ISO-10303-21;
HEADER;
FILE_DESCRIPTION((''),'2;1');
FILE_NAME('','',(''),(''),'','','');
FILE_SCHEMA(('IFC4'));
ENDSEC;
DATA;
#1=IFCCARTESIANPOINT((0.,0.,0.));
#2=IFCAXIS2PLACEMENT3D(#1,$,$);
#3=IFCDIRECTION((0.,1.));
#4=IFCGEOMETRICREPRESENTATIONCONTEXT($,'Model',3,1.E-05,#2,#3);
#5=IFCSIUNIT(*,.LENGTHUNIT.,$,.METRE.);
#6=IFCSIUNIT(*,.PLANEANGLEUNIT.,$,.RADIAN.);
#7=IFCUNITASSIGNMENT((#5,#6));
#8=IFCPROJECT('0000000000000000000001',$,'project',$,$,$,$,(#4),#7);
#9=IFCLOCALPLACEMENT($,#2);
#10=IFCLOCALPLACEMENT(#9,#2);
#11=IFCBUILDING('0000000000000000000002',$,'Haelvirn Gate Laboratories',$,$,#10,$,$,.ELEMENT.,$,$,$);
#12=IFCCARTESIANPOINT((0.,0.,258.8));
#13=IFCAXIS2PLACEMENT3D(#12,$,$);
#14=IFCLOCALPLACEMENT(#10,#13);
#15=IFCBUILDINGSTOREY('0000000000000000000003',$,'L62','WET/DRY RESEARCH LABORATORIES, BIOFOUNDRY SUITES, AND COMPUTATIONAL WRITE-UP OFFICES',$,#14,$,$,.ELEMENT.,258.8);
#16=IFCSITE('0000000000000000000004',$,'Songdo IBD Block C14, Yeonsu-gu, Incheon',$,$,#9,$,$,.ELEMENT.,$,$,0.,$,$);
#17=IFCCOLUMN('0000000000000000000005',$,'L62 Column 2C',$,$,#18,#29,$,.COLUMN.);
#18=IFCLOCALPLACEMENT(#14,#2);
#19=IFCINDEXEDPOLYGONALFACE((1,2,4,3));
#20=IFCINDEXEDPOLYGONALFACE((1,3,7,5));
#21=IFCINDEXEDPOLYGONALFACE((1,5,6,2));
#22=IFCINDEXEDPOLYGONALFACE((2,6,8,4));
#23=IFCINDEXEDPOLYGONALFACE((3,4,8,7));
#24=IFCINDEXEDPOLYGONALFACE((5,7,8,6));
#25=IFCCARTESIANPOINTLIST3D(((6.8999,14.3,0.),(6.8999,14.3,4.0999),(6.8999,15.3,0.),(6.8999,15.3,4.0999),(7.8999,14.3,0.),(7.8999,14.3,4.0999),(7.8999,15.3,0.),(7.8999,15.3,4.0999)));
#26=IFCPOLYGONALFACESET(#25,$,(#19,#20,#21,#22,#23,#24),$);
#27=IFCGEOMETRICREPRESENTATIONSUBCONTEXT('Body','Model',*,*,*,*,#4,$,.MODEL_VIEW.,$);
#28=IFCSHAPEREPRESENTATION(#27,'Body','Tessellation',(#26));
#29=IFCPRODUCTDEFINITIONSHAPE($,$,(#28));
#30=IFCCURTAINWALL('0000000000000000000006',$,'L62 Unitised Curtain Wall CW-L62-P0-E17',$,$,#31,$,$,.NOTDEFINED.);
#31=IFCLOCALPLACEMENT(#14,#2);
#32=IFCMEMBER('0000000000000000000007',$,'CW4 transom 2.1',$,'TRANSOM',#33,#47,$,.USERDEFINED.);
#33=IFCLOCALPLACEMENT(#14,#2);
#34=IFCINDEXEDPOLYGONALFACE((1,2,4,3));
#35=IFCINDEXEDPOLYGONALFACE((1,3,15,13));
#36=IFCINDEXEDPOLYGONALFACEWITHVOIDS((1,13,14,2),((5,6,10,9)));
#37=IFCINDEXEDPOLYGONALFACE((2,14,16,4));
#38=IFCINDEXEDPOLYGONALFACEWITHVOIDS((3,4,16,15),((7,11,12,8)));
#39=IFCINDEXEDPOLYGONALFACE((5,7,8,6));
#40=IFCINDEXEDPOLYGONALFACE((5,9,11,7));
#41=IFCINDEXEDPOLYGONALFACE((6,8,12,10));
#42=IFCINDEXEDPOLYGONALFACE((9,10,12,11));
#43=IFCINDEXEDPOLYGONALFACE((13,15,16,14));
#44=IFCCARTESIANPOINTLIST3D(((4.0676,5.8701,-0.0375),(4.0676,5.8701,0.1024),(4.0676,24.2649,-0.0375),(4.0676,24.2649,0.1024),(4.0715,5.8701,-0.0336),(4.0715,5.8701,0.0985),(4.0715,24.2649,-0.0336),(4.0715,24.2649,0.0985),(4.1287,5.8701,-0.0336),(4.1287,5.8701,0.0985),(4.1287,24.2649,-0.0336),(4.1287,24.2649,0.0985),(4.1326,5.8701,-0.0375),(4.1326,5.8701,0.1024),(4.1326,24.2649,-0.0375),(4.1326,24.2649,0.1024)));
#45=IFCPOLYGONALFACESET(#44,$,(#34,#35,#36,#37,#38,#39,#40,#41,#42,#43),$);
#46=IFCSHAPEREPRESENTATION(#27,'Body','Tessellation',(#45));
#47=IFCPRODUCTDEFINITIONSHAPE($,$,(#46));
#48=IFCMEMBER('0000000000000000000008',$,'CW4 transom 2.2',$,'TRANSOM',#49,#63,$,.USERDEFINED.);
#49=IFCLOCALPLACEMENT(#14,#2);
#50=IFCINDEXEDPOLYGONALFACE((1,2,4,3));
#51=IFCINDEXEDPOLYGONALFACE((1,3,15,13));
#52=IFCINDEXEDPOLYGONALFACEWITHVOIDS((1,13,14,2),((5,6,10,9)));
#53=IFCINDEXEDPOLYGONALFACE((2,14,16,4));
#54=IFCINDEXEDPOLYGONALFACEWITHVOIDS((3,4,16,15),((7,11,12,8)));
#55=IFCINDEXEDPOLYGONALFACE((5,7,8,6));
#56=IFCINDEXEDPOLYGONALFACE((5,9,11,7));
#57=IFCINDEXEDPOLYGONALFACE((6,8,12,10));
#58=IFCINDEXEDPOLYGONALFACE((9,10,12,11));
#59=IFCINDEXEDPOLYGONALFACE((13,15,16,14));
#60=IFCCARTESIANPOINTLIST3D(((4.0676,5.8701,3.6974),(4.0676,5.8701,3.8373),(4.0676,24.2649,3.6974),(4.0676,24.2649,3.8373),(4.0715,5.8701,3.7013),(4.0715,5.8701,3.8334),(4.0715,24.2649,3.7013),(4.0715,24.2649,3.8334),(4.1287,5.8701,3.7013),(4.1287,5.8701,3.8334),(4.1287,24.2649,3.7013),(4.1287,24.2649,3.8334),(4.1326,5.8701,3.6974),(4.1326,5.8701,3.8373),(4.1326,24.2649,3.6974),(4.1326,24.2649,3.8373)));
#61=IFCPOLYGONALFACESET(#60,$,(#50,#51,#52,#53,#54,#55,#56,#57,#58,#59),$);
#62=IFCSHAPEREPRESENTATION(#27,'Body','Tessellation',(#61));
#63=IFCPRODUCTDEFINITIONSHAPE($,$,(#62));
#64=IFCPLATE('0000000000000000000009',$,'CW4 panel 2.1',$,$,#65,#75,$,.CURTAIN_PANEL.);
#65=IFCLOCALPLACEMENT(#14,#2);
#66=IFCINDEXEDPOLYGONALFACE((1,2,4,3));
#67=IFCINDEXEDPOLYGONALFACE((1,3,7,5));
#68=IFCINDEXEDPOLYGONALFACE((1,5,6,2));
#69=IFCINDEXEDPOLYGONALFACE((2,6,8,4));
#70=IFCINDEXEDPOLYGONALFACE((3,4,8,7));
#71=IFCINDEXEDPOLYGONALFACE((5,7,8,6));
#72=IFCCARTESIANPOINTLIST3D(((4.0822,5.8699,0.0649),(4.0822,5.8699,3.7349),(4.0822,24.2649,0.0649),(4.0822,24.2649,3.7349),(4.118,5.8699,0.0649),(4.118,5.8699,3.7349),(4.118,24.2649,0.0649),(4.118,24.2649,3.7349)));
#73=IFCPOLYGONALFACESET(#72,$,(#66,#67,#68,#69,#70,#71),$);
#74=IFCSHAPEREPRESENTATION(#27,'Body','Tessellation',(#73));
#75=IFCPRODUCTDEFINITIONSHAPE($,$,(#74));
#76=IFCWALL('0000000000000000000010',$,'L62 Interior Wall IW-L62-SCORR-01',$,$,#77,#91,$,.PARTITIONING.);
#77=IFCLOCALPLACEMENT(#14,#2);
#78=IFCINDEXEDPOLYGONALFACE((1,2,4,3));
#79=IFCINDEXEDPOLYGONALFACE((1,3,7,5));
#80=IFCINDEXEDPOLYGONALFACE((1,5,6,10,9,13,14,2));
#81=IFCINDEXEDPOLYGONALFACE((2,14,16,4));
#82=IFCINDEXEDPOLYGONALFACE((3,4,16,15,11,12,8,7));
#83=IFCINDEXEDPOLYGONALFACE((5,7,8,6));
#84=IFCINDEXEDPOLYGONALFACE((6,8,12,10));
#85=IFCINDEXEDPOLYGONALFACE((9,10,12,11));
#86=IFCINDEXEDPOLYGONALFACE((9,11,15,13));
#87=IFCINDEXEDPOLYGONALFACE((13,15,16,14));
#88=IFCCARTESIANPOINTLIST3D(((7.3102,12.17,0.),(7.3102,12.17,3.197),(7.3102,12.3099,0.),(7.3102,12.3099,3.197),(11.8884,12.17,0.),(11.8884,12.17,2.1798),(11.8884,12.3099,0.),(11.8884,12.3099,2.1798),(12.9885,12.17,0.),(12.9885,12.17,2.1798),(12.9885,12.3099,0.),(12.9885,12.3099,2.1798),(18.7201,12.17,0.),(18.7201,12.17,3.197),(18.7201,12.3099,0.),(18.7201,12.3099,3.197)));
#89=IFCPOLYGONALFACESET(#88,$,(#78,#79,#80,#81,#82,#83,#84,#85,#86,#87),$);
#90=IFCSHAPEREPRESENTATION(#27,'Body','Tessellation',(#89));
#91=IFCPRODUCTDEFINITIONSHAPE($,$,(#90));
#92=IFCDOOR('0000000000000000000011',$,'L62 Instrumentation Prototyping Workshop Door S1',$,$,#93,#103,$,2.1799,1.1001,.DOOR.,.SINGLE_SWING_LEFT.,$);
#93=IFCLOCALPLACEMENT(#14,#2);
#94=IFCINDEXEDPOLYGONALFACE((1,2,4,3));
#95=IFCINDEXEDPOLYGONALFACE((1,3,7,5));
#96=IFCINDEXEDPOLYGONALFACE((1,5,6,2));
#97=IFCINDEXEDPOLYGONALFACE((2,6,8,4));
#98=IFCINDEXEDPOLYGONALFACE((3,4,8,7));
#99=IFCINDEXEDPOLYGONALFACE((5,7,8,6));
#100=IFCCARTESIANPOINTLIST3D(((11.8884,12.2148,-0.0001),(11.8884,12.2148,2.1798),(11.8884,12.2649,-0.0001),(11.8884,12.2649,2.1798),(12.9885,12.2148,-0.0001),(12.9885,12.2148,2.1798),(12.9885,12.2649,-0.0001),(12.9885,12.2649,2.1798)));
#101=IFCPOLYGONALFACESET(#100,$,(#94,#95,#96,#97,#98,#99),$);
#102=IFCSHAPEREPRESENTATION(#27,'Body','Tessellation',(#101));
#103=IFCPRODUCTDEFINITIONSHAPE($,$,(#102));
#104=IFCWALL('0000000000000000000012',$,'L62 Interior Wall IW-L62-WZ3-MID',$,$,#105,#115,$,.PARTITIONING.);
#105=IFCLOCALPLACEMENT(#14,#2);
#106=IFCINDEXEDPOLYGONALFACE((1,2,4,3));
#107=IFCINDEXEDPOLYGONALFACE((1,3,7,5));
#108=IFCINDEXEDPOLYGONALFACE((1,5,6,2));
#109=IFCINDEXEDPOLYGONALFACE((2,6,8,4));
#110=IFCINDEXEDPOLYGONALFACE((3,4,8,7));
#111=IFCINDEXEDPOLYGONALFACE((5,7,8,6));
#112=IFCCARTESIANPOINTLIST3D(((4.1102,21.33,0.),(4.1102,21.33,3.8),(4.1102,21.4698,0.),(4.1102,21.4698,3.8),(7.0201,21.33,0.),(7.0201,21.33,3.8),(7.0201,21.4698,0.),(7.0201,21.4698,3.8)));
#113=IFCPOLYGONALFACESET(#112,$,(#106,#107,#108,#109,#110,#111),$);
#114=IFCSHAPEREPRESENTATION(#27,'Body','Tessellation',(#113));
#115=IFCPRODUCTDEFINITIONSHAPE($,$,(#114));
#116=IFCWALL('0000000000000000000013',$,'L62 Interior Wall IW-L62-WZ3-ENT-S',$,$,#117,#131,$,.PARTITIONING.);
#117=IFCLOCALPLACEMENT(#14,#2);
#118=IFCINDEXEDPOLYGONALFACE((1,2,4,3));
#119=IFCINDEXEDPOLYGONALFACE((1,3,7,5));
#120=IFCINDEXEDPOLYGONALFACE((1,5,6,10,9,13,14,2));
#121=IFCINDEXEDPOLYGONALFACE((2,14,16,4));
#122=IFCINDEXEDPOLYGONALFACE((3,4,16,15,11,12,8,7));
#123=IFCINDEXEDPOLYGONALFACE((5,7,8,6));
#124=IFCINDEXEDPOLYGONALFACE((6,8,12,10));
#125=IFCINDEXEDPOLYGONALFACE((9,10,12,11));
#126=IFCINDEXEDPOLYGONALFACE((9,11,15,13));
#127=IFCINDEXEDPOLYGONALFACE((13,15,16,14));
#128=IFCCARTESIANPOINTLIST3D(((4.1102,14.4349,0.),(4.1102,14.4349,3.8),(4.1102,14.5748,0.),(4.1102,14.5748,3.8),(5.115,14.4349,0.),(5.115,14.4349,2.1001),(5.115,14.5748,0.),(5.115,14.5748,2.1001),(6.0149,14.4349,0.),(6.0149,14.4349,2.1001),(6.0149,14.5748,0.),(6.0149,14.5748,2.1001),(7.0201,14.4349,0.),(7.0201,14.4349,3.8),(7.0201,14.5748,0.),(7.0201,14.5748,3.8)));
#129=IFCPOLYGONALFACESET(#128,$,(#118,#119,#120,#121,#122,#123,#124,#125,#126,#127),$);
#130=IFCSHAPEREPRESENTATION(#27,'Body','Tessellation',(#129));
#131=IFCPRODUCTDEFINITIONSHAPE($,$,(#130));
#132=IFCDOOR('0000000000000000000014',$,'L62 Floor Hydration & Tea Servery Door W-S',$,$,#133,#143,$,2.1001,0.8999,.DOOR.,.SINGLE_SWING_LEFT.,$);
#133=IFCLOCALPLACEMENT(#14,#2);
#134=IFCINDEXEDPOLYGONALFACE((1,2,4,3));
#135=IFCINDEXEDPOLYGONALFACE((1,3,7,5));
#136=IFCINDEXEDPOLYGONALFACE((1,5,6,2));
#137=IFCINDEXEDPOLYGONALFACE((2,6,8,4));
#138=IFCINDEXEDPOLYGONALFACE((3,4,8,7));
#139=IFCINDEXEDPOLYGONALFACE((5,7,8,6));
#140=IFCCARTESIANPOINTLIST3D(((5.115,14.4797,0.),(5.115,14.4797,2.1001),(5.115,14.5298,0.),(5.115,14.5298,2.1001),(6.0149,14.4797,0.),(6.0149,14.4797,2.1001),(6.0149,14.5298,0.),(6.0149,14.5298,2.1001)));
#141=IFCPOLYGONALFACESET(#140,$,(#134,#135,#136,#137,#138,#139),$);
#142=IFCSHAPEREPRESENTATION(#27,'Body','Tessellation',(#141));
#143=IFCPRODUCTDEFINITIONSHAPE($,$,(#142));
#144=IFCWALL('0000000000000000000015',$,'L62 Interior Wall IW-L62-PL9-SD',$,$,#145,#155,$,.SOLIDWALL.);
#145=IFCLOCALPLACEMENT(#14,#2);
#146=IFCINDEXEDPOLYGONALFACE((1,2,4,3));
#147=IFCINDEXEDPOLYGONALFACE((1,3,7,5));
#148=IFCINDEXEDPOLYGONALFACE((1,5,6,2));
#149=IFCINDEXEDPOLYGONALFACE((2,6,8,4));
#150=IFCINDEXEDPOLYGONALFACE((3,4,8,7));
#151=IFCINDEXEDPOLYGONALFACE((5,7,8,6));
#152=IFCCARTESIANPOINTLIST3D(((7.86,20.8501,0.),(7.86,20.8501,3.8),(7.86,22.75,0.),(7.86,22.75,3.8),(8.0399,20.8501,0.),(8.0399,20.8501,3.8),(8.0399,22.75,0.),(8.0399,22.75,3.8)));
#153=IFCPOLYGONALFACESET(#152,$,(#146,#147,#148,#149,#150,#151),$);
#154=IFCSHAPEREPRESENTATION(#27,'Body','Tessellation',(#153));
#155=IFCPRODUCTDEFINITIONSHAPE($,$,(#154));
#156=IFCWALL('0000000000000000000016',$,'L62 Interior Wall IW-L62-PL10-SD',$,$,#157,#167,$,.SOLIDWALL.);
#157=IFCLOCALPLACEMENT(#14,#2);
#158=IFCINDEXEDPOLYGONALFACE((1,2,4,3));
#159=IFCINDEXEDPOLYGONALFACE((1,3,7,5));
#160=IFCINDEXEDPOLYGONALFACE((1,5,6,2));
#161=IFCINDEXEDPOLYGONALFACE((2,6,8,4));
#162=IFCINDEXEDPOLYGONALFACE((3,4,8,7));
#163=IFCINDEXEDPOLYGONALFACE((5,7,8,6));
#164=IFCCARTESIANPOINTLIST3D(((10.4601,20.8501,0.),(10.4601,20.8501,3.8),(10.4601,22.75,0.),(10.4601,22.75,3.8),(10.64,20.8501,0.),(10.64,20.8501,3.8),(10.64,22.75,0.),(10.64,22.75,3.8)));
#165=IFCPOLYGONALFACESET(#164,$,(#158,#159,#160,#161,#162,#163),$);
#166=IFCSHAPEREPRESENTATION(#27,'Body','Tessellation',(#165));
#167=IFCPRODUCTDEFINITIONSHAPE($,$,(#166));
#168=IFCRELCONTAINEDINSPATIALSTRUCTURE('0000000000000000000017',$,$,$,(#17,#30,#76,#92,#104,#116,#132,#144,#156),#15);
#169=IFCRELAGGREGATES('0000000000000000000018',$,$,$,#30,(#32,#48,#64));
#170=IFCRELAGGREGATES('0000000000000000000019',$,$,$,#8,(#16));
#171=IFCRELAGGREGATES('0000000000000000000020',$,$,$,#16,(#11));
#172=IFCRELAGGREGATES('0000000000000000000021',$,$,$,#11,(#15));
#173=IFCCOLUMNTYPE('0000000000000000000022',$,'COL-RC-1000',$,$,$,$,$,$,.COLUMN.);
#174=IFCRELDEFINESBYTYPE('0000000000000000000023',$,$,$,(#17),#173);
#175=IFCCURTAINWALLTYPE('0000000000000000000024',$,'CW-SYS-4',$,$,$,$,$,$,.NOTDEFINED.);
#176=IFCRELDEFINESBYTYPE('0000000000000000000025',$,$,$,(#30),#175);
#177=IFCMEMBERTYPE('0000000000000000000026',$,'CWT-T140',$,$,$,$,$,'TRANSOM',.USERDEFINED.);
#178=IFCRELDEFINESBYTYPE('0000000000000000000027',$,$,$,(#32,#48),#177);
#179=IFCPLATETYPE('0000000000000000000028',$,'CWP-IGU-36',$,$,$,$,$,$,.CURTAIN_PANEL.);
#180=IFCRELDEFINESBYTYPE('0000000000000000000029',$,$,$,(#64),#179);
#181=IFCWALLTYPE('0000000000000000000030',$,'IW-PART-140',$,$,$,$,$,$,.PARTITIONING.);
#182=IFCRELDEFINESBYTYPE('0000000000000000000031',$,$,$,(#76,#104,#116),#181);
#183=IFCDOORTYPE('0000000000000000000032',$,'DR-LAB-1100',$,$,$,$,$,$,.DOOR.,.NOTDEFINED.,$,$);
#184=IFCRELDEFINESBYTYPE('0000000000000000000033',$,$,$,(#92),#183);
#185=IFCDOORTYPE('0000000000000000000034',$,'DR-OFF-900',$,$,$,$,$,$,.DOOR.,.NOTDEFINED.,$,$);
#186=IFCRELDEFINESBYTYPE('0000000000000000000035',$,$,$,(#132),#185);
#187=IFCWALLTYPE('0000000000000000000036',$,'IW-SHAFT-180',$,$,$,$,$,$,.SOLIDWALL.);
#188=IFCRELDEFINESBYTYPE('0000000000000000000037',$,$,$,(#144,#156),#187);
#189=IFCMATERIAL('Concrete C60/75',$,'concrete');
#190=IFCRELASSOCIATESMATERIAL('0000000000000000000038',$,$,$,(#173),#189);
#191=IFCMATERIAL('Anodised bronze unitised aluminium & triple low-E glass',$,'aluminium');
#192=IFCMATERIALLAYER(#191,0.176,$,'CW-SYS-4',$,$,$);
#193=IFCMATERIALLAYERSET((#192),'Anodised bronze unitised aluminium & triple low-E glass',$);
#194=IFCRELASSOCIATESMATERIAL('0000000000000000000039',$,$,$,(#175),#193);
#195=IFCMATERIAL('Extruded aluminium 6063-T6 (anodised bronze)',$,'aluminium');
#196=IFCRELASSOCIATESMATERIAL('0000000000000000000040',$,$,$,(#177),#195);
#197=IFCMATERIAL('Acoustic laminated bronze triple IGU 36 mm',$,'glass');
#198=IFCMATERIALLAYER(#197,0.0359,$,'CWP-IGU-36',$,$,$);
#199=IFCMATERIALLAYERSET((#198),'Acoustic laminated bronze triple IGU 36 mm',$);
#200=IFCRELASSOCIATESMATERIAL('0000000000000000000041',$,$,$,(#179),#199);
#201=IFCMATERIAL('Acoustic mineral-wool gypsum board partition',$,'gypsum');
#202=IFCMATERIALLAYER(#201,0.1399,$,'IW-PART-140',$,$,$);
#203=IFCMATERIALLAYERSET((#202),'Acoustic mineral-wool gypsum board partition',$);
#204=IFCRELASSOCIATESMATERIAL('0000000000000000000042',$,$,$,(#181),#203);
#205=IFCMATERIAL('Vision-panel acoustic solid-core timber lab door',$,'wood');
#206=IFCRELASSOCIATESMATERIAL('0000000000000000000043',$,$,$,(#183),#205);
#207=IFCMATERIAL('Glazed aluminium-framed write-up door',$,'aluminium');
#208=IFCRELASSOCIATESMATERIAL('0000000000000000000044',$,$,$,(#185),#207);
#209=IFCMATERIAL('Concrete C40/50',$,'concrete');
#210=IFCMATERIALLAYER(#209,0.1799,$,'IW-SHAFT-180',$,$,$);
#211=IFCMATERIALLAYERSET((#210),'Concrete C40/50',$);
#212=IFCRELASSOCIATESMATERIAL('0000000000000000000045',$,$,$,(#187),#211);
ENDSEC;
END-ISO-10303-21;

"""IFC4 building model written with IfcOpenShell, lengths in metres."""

from ifc_helpers import new_model, si_unit, direction, frame, frame_2d, origin, origin_2d, place, context, subcontext, project, spatial, rectangle, hollow_rectangle, extrude, source, transform, mapped, material, layer, layer_set, material_profile, profile_set, type_object, type_shapes, element, fill, aggregate, save


model = new_model("IFC4")

# Units and contexts
model_context = context("Model", 3, precision=1e-05, world=origin(), true_north=direction((0.0, 1.0)))
body_context = subcontext(model_context, "Body", "Model", "MODEL_VIEW")
ifc_project = project(units=[si_unit("LENGTHUNIT", "METRE"), si_unit("PLANEANGLEUNIT", "RADIAN")], contexts=[model_context])

# Site, building, storey
site_placement = place(None, origin())
site = spatial("IfcSite", under=ifc_project, at=site_placement, Name="Songdo IBD Block C14, Yeonsu-gu, Incheon", CompositionType="ELEMENT", RefElevation=0.0)
building_placement = place(site_placement, origin())
building = spatial("IfcBuilding", under=site, at=building_placement, Name="Haelvirn Gate Laboratories", CompositionType="ELEMENT")
storey_placement = place(building_placement, frame((0.0, 0.0, 258.8)))
storey = spatial("IfcBuildingStorey", under=building, at=storey_placement, Name="L62", Description="WET/DRY RESEARCH LABORATORIES, BIOFOUNDRY SUITES, AND COMPUTATIONAL WRITE-UP OFFICES", CompositionType="ELEMENT", Elevation=258.8)

# Column
ifc_material_1 = material(Name="Concrete C60/75", Category="concrete")
ifc_material_profile_1 = material_profile(ifc_material_1, rectangle(XDim=1.0, YDim=1.0, at=origin_2d()), Name="RC-1000x1000")
ifc_profile_set_1 = profile_set([ifc_material_profile_1], Name="Concrete C60/75")
column_type = type_object("IfcColumnType", Name="COL-RC-1000", PredefinedType="COLUMN", material=ifc_profile_set_1)
shared_shape_1 = source(origin(), body_context, "Body", "SweptSolid", [
    extrude(rectangle(XDim=1.0, YDim=1.0, at=origin_2d()), origin(), (0.0, 0.0, 1.0), 4.0999),
])
type_shapes(column_type, [shared_shape_1])
column_placement = place(storey_placement, frame((7.3999, 14.8, 0.0), z_axis=(0.0, 0.0, 1.0), x_axis=(1.0, 0.0, 0.0)))
element("IfcColumn", 1, at=column_placement, inside=storey, type_object=column_type, Name="L62 Column 2C", PredefinedType="COLUMN", context=body_context, shape_type="MappedRepresentation", body=[
    mapped(shared_shape_1, transform((0.0, 0.0, 0.0), scale=1.0)),
])

# Curtain wall, members, plate
ifc_material_2 = material(Name="Anodised bronze unitised aluminium & triple low-E glass", Category="aluminium")
ifc_layer_1 = layer(ifc_material_2, 0.176, Name="CW-SYS-4")
ifc_layer_set_1 = layer_set([ifc_layer_1], Name="Anodised bronze unitised aluminium & triple low-E glass")
curtain_wall_type = type_object("IfcCurtainWallType", Name="CW-SYS-4", PredefinedType="NOTDEFINED", material=ifc_layer_set_1)
curtain_wall_placement = place(storey_placement, origin())
curtain_wall = element("IfcCurtainWall", 2, at=curtain_wall_placement, inside=storey, type_object=curtain_wall_type, Name="L62 Unitised Curtain Wall CW-L62-P0-E17", PredefinedType="NOTDEFINED")
ifc_material_3 = material(Name="Extruded aluminium 6063-T6 (anodised bronze)", Category="aluminium")
ifc_material_profile_2 = material_profile(ifc_material_3, hollow_rectangle(XDim=0.0649, YDim=0.1399, WallThickness=0.0039, at=origin_2d()), Name="CWT-140x65x4")
ifc_profile_set_2 = profile_set([ifc_material_profile_2], Name="Extruded aluminium 6063-T6 (anodised bronze)")
member_type = type_object("IfcMemberType", Name="CWT-T140", ElementType="TRANSOM", PredefinedType="USERDEFINED", material=ifc_profile_set_2)
shared_shape_2 = source(origin(), body_context, "Body", "SweptSolid", [
    extrude(hollow_rectangle(XDim=0.0649, YDim=0.1399, WallThickness=0.0039, at=origin_2d()), origin(), (0.0, 0.0, 1.0), 18.3948),
])
type_shapes(member_type, [shared_shape_2])
member_1_placement = place(storey_placement, frame((4.1001, 24.2649, 0.0325), z_axis=(0.0, -1.0, 0.0), x_axis=(1.0, 0.0, 0.0)))
member_1 = element("IfcMember", 3, at=member_1_placement, type_object=member_type, Name="CW4 transom 2.1", ObjectType="TRANSOM", PredefinedType="USERDEFINED", context=body_context, shape_type="MappedRepresentation", body=[
    mapped(shared_shape_2, transform((0.0, 0.0, 0.0), scale=1.0)),
])
member_2_placement = place(storey_placement, frame((4.1001, 24.2649, 3.7673), z_axis=(0.0, -1.0, 0.0), x_axis=(1.0, 0.0, 0.0)))
member_2 = element("IfcMember", 4, at=member_2_placement, type_object=member_type, Name="CW4 transom 2.2", ObjectType="TRANSOM", PredefinedType="USERDEFINED", context=body_context, shape_type="MappedRepresentation", body=[
    mapped(shared_shape_2, transform((0.0, 0.0, 0.0), scale=1.0)),
])
ifc_material_4 = material(Name="Acoustic laminated bronze triple IGU 36 mm", Category="glass")
ifc_layer_2 = layer(ifc_material_4, 0.0359, Name="CWP-IGU-36")
ifc_layer_set_2 = layer_set([ifc_layer_2], Name="Acoustic laminated bronze triple IGU 36 mm")
plate_type = type_object("IfcPlateType", Name="CWP-IGU-36", PredefinedType="CURTAIN_PANEL", material=ifc_layer_set_2)
shared_shape_3 = source(origin(), body_context, "Body", "SweptSolid", [
    extrude(rectangle(XDim=18.395, YDim=0.0359, at=origin_2d()), origin(), (0.0, 0.0, 1.0), 3.6699),
])
type_shapes(plate_type, [shared_shape_3])
plate_placement = place(storey_placement, frame((4.1001, 15.0674, 0.0649), z_axis=(0.0, 0.0, 1.0), x_axis=(0.0, -1.0, 0.0)))
plate = element("IfcPlate", 5, at=plate_placement, type_object=plate_type, Name="CW4 panel 2.1", PredefinedType="CURTAIN_PANEL", context=body_context, shape_type="MappedRepresentation", body=[
    mapped(shared_shape_3, transform((0.0, 0.0, 0.0), scale=1.0)),
])
aggregate(curtain_wall, [member_1, member_2, plate])

# Wall, opening, door
ifc_material_5 = material(Name="Acoustic mineral-wool gypsum board partition", Category="gypsum")
ifc_layer_3 = layer(ifc_material_5, 0.1399, Name="IW-PART-140")
ifc_layer_set_3 = layer_set([ifc_layer_3], Name="Acoustic mineral-wool gypsum board partition")
wall_type_1 = type_object("IfcWallType", Name="IW-PART-140", PredefinedType="PARTITIONING", material=ifc_layer_set_3)
wall_1_placement = place(storey_placement, frame((7.3101, 12.24, 0.0), z_axis=(0.0, 0.0, 1.0), x_axis=(1.0, 0.0, 0.0)))
wall_1 = element("IfcWall", 6, at=wall_1_placement, inside=storey, type_object=wall_type_1, Name="L62 Interior Wall IW-L62-SCORR-01", PredefinedType="PARTITIONING", context=body_context, shape_type="SweptSolid", body=[
    extrude(rectangle(XDim=11.4099, YDim=0.1399, at=frame_2d((5.7051, 0.0))), origin(), (0.0, 0.0, 1.0), 3.197),
])
opening_1_placement = place(wall_1_placement, frame((4.5784, 0.0, 0.0)))
opening_1 = element("IfcOpeningElement", 7, at=opening_1_placement, cuts=wall_1, PredefinedType="OPENING", context=body_context, shape_type="SweptSolid", body=[
    extrude(rectangle(XDim=1.1001, YDim=2.1799, at=frame_2d((0.55, 1.0898))), frame((0.0, 0.0801, 0.0), z_axis=(0.0, -1.0, 0.0), x_axis=(1.0, 0.0, 0.0)), (0.0, 0.0, 1.0), 0.1599),
])
ifc_material_6 = material(Name="Vision-panel acoustic solid-core timber lab door", Category="wood")
door_type_1 = type_object("IfcDoorType", Name="DR-LAB-1100", OperationType="NOTDEFINED", PredefinedType="DOOR", material=ifc_material_6)
shared_shape_4 = source(origin(), body_context, "Body", "SweptSolid", [
    extrude(rectangle(XDim=1.1001, YDim=2.1799, at=frame_2d((0.55, 1.0898))), frame((0.0, 0.0249, 0.0), z_axis=(0.0, -1.0, 0.0), x_axis=(1.0, 0.0, 0.0)), (0.0, 0.0, 1.0), 0.05),
])
type_shapes(door_type_1, [shared_shape_4])
door_1_placement = place(opening_1_placement, origin())
door_1 = element("IfcDoor", 8, at=door_1_placement, inside=storey, type_object=door_type_1, Name="L62 Instrumentation Prototyping Workshop Door S1", OperationType="SINGLE_SWING_LEFT", OverallHeight=2.1799, OverallWidth=1.1001, PredefinedType="DOOR", context=body_context, shape_type="MappedRepresentation", body=[
    mapped(shared_shape_4, transform((0.0, 0.0, 0.0), scale=1.0)),
])
fill(opening_1, door_1)

# Wall
wall_2_placement = place(storey_placement, frame((4.1101, 21.3999, 0.0), z_axis=(0.0, 0.0, 1.0), x_axis=(1.0, 0.0, 0.0)))
element("IfcWall", 9, at=wall_2_placement, inside=storey, type_object=wall_type_1, Name="L62 Interior Wall IW-L62-WZ3-MID", PredefinedType="PARTITIONING", context=body_context, shape_type="SweptSolid", body=[
    extrude(rectangle(XDim=2.9099, YDim=0.1399, at=frame_2d((1.4551, 0.0))), origin(), (0.0, 0.0, 1.0), 3.8),
])

# Wall, opening, door
wall_3_placement = place(storey_placement, frame((4.1101, 14.5049, 0.0), z_axis=(0.0, 0.0, 1.0), x_axis=(1.0, 0.0, 0.0)))
wall_3 = element("IfcWall", 10, at=wall_3_placement, inside=storey, type_object=wall_type_1, Name="L62 Interior Wall IW-L62-WZ3-ENT-S", PredefinedType="PARTITIONING", context=body_context, shape_type="SweptSolid", body=[
    extrude(rectangle(XDim=2.9099, YDim=0.1399, at=frame_2d((1.4551, 0.0))), origin(), (0.0, 0.0, 1.0), 3.8),
])
opening_2_placement = place(wall_3_placement, frame((1.0049, 0.0, 0.0)))
opening_2 = element("IfcOpeningElement", 11, at=opening_2_placement, cuts=wall_3, PredefinedType="OPENING", context=body_context, shape_type="SweptSolid", body=[
    extrude(rectangle(XDim=0.8999, YDim=2.1001, at=frame_2d((0.45, 1.05))), frame((0.0, 0.0801, 0.0), z_axis=(0.0, -1.0, 0.0), x_axis=(1.0, 0.0, 0.0)), (0.0, 0.0, 1.0), 0.1599),
])
ifc_material_7 = material(Name="Glazed aluminium-framed write-up door", Category="aluminium")
door_type_2 = type_object("IfcDoorType", Name="DR-OFF-900", OperationType="NOTDEFINED", PredefinedType="DOOR", material=ifc_material_7)
shared_shape_5 = source(origin(), body_context, "Body", "SweptSolid", [
    extrude(rectangle(XDim=0.8999, YDim=2.1001, at=frame_2d((0.45, 1.05))), frame((0.0, 0.0249, 0.0), z_axis=(0.0, -1.0, 0.0), x_axis=(1.0, 0.0, 0.0)), (0.0, 0.0, 1.0), 0.05),
])
type_shapes(door_type_2, [shared_shape_5])
door_2_placement = place(opening_2_placement, origin())
door_2 = element("IfcDoor", 12, at=door_2_placement, inside=storey, type_object=door_type_2, Name="L62 Floor Hydration & Tea Servery Door W-S", OperationType="SINGLE_SWING_LEFT", OverallHeight=2.1001, OverallWidth=0.8999, PredefinedType="DOOR", context=body_context, shape_type="MappedRepresentation", body=[
    mapped(shared_shape_5, transform((0.0, 0.0, 0.0), scale=1.0)),
])
fill(opening_2, door_2)

# Walls
ifc_material_8 = material(Name="Concrete C40/50", Category="concrete")
ifc_layer_4 = layer(ifc_material_8, 0.1799, Name="IW-SHAFT-180")
ifc_layer_set_4 = layer_set([ifc_layer_4], Name="Concrete C40/50")
wall_type_2 = type_object("IfcWallType", Name="IW-SHAFT-180", PredefinedType="SOLIDWALL", material=ifc_layer_set_4)
for number, where, z_axis, x_axis, name in (
    (13, (7.95, 20.8501, 0.0), (0.0, 0.0, 1.0), (0.0, 1.0, 0.0), "L62 Interior Wall IW-L62-PL9-SD"),
    (14, (10.55, 20.8501, 0.0), (0.0, 0.0, 1.0), (0.0, 1.0, 0.0), "L62 Interior Wall IW-L62-PL10-SD"),
):
    element("IfcWall", number, at=place(storey_placement, frame(where, z_axis=z_axis, x_axis=x_axis)), inside=storey, type_object=wall_type_2, Name=name, PredefinedType="SOLIDWALL", context=body_context, shape_type="SweptSolid", body=[
        extrude(rectangle(XDim=1.8999, YDim=0.1799, at=frame_2d((0.95, 0.0))), origin(), (0.0, 0.0, 1.0), 3.8),
    ])

save(model, "model.ifc")
